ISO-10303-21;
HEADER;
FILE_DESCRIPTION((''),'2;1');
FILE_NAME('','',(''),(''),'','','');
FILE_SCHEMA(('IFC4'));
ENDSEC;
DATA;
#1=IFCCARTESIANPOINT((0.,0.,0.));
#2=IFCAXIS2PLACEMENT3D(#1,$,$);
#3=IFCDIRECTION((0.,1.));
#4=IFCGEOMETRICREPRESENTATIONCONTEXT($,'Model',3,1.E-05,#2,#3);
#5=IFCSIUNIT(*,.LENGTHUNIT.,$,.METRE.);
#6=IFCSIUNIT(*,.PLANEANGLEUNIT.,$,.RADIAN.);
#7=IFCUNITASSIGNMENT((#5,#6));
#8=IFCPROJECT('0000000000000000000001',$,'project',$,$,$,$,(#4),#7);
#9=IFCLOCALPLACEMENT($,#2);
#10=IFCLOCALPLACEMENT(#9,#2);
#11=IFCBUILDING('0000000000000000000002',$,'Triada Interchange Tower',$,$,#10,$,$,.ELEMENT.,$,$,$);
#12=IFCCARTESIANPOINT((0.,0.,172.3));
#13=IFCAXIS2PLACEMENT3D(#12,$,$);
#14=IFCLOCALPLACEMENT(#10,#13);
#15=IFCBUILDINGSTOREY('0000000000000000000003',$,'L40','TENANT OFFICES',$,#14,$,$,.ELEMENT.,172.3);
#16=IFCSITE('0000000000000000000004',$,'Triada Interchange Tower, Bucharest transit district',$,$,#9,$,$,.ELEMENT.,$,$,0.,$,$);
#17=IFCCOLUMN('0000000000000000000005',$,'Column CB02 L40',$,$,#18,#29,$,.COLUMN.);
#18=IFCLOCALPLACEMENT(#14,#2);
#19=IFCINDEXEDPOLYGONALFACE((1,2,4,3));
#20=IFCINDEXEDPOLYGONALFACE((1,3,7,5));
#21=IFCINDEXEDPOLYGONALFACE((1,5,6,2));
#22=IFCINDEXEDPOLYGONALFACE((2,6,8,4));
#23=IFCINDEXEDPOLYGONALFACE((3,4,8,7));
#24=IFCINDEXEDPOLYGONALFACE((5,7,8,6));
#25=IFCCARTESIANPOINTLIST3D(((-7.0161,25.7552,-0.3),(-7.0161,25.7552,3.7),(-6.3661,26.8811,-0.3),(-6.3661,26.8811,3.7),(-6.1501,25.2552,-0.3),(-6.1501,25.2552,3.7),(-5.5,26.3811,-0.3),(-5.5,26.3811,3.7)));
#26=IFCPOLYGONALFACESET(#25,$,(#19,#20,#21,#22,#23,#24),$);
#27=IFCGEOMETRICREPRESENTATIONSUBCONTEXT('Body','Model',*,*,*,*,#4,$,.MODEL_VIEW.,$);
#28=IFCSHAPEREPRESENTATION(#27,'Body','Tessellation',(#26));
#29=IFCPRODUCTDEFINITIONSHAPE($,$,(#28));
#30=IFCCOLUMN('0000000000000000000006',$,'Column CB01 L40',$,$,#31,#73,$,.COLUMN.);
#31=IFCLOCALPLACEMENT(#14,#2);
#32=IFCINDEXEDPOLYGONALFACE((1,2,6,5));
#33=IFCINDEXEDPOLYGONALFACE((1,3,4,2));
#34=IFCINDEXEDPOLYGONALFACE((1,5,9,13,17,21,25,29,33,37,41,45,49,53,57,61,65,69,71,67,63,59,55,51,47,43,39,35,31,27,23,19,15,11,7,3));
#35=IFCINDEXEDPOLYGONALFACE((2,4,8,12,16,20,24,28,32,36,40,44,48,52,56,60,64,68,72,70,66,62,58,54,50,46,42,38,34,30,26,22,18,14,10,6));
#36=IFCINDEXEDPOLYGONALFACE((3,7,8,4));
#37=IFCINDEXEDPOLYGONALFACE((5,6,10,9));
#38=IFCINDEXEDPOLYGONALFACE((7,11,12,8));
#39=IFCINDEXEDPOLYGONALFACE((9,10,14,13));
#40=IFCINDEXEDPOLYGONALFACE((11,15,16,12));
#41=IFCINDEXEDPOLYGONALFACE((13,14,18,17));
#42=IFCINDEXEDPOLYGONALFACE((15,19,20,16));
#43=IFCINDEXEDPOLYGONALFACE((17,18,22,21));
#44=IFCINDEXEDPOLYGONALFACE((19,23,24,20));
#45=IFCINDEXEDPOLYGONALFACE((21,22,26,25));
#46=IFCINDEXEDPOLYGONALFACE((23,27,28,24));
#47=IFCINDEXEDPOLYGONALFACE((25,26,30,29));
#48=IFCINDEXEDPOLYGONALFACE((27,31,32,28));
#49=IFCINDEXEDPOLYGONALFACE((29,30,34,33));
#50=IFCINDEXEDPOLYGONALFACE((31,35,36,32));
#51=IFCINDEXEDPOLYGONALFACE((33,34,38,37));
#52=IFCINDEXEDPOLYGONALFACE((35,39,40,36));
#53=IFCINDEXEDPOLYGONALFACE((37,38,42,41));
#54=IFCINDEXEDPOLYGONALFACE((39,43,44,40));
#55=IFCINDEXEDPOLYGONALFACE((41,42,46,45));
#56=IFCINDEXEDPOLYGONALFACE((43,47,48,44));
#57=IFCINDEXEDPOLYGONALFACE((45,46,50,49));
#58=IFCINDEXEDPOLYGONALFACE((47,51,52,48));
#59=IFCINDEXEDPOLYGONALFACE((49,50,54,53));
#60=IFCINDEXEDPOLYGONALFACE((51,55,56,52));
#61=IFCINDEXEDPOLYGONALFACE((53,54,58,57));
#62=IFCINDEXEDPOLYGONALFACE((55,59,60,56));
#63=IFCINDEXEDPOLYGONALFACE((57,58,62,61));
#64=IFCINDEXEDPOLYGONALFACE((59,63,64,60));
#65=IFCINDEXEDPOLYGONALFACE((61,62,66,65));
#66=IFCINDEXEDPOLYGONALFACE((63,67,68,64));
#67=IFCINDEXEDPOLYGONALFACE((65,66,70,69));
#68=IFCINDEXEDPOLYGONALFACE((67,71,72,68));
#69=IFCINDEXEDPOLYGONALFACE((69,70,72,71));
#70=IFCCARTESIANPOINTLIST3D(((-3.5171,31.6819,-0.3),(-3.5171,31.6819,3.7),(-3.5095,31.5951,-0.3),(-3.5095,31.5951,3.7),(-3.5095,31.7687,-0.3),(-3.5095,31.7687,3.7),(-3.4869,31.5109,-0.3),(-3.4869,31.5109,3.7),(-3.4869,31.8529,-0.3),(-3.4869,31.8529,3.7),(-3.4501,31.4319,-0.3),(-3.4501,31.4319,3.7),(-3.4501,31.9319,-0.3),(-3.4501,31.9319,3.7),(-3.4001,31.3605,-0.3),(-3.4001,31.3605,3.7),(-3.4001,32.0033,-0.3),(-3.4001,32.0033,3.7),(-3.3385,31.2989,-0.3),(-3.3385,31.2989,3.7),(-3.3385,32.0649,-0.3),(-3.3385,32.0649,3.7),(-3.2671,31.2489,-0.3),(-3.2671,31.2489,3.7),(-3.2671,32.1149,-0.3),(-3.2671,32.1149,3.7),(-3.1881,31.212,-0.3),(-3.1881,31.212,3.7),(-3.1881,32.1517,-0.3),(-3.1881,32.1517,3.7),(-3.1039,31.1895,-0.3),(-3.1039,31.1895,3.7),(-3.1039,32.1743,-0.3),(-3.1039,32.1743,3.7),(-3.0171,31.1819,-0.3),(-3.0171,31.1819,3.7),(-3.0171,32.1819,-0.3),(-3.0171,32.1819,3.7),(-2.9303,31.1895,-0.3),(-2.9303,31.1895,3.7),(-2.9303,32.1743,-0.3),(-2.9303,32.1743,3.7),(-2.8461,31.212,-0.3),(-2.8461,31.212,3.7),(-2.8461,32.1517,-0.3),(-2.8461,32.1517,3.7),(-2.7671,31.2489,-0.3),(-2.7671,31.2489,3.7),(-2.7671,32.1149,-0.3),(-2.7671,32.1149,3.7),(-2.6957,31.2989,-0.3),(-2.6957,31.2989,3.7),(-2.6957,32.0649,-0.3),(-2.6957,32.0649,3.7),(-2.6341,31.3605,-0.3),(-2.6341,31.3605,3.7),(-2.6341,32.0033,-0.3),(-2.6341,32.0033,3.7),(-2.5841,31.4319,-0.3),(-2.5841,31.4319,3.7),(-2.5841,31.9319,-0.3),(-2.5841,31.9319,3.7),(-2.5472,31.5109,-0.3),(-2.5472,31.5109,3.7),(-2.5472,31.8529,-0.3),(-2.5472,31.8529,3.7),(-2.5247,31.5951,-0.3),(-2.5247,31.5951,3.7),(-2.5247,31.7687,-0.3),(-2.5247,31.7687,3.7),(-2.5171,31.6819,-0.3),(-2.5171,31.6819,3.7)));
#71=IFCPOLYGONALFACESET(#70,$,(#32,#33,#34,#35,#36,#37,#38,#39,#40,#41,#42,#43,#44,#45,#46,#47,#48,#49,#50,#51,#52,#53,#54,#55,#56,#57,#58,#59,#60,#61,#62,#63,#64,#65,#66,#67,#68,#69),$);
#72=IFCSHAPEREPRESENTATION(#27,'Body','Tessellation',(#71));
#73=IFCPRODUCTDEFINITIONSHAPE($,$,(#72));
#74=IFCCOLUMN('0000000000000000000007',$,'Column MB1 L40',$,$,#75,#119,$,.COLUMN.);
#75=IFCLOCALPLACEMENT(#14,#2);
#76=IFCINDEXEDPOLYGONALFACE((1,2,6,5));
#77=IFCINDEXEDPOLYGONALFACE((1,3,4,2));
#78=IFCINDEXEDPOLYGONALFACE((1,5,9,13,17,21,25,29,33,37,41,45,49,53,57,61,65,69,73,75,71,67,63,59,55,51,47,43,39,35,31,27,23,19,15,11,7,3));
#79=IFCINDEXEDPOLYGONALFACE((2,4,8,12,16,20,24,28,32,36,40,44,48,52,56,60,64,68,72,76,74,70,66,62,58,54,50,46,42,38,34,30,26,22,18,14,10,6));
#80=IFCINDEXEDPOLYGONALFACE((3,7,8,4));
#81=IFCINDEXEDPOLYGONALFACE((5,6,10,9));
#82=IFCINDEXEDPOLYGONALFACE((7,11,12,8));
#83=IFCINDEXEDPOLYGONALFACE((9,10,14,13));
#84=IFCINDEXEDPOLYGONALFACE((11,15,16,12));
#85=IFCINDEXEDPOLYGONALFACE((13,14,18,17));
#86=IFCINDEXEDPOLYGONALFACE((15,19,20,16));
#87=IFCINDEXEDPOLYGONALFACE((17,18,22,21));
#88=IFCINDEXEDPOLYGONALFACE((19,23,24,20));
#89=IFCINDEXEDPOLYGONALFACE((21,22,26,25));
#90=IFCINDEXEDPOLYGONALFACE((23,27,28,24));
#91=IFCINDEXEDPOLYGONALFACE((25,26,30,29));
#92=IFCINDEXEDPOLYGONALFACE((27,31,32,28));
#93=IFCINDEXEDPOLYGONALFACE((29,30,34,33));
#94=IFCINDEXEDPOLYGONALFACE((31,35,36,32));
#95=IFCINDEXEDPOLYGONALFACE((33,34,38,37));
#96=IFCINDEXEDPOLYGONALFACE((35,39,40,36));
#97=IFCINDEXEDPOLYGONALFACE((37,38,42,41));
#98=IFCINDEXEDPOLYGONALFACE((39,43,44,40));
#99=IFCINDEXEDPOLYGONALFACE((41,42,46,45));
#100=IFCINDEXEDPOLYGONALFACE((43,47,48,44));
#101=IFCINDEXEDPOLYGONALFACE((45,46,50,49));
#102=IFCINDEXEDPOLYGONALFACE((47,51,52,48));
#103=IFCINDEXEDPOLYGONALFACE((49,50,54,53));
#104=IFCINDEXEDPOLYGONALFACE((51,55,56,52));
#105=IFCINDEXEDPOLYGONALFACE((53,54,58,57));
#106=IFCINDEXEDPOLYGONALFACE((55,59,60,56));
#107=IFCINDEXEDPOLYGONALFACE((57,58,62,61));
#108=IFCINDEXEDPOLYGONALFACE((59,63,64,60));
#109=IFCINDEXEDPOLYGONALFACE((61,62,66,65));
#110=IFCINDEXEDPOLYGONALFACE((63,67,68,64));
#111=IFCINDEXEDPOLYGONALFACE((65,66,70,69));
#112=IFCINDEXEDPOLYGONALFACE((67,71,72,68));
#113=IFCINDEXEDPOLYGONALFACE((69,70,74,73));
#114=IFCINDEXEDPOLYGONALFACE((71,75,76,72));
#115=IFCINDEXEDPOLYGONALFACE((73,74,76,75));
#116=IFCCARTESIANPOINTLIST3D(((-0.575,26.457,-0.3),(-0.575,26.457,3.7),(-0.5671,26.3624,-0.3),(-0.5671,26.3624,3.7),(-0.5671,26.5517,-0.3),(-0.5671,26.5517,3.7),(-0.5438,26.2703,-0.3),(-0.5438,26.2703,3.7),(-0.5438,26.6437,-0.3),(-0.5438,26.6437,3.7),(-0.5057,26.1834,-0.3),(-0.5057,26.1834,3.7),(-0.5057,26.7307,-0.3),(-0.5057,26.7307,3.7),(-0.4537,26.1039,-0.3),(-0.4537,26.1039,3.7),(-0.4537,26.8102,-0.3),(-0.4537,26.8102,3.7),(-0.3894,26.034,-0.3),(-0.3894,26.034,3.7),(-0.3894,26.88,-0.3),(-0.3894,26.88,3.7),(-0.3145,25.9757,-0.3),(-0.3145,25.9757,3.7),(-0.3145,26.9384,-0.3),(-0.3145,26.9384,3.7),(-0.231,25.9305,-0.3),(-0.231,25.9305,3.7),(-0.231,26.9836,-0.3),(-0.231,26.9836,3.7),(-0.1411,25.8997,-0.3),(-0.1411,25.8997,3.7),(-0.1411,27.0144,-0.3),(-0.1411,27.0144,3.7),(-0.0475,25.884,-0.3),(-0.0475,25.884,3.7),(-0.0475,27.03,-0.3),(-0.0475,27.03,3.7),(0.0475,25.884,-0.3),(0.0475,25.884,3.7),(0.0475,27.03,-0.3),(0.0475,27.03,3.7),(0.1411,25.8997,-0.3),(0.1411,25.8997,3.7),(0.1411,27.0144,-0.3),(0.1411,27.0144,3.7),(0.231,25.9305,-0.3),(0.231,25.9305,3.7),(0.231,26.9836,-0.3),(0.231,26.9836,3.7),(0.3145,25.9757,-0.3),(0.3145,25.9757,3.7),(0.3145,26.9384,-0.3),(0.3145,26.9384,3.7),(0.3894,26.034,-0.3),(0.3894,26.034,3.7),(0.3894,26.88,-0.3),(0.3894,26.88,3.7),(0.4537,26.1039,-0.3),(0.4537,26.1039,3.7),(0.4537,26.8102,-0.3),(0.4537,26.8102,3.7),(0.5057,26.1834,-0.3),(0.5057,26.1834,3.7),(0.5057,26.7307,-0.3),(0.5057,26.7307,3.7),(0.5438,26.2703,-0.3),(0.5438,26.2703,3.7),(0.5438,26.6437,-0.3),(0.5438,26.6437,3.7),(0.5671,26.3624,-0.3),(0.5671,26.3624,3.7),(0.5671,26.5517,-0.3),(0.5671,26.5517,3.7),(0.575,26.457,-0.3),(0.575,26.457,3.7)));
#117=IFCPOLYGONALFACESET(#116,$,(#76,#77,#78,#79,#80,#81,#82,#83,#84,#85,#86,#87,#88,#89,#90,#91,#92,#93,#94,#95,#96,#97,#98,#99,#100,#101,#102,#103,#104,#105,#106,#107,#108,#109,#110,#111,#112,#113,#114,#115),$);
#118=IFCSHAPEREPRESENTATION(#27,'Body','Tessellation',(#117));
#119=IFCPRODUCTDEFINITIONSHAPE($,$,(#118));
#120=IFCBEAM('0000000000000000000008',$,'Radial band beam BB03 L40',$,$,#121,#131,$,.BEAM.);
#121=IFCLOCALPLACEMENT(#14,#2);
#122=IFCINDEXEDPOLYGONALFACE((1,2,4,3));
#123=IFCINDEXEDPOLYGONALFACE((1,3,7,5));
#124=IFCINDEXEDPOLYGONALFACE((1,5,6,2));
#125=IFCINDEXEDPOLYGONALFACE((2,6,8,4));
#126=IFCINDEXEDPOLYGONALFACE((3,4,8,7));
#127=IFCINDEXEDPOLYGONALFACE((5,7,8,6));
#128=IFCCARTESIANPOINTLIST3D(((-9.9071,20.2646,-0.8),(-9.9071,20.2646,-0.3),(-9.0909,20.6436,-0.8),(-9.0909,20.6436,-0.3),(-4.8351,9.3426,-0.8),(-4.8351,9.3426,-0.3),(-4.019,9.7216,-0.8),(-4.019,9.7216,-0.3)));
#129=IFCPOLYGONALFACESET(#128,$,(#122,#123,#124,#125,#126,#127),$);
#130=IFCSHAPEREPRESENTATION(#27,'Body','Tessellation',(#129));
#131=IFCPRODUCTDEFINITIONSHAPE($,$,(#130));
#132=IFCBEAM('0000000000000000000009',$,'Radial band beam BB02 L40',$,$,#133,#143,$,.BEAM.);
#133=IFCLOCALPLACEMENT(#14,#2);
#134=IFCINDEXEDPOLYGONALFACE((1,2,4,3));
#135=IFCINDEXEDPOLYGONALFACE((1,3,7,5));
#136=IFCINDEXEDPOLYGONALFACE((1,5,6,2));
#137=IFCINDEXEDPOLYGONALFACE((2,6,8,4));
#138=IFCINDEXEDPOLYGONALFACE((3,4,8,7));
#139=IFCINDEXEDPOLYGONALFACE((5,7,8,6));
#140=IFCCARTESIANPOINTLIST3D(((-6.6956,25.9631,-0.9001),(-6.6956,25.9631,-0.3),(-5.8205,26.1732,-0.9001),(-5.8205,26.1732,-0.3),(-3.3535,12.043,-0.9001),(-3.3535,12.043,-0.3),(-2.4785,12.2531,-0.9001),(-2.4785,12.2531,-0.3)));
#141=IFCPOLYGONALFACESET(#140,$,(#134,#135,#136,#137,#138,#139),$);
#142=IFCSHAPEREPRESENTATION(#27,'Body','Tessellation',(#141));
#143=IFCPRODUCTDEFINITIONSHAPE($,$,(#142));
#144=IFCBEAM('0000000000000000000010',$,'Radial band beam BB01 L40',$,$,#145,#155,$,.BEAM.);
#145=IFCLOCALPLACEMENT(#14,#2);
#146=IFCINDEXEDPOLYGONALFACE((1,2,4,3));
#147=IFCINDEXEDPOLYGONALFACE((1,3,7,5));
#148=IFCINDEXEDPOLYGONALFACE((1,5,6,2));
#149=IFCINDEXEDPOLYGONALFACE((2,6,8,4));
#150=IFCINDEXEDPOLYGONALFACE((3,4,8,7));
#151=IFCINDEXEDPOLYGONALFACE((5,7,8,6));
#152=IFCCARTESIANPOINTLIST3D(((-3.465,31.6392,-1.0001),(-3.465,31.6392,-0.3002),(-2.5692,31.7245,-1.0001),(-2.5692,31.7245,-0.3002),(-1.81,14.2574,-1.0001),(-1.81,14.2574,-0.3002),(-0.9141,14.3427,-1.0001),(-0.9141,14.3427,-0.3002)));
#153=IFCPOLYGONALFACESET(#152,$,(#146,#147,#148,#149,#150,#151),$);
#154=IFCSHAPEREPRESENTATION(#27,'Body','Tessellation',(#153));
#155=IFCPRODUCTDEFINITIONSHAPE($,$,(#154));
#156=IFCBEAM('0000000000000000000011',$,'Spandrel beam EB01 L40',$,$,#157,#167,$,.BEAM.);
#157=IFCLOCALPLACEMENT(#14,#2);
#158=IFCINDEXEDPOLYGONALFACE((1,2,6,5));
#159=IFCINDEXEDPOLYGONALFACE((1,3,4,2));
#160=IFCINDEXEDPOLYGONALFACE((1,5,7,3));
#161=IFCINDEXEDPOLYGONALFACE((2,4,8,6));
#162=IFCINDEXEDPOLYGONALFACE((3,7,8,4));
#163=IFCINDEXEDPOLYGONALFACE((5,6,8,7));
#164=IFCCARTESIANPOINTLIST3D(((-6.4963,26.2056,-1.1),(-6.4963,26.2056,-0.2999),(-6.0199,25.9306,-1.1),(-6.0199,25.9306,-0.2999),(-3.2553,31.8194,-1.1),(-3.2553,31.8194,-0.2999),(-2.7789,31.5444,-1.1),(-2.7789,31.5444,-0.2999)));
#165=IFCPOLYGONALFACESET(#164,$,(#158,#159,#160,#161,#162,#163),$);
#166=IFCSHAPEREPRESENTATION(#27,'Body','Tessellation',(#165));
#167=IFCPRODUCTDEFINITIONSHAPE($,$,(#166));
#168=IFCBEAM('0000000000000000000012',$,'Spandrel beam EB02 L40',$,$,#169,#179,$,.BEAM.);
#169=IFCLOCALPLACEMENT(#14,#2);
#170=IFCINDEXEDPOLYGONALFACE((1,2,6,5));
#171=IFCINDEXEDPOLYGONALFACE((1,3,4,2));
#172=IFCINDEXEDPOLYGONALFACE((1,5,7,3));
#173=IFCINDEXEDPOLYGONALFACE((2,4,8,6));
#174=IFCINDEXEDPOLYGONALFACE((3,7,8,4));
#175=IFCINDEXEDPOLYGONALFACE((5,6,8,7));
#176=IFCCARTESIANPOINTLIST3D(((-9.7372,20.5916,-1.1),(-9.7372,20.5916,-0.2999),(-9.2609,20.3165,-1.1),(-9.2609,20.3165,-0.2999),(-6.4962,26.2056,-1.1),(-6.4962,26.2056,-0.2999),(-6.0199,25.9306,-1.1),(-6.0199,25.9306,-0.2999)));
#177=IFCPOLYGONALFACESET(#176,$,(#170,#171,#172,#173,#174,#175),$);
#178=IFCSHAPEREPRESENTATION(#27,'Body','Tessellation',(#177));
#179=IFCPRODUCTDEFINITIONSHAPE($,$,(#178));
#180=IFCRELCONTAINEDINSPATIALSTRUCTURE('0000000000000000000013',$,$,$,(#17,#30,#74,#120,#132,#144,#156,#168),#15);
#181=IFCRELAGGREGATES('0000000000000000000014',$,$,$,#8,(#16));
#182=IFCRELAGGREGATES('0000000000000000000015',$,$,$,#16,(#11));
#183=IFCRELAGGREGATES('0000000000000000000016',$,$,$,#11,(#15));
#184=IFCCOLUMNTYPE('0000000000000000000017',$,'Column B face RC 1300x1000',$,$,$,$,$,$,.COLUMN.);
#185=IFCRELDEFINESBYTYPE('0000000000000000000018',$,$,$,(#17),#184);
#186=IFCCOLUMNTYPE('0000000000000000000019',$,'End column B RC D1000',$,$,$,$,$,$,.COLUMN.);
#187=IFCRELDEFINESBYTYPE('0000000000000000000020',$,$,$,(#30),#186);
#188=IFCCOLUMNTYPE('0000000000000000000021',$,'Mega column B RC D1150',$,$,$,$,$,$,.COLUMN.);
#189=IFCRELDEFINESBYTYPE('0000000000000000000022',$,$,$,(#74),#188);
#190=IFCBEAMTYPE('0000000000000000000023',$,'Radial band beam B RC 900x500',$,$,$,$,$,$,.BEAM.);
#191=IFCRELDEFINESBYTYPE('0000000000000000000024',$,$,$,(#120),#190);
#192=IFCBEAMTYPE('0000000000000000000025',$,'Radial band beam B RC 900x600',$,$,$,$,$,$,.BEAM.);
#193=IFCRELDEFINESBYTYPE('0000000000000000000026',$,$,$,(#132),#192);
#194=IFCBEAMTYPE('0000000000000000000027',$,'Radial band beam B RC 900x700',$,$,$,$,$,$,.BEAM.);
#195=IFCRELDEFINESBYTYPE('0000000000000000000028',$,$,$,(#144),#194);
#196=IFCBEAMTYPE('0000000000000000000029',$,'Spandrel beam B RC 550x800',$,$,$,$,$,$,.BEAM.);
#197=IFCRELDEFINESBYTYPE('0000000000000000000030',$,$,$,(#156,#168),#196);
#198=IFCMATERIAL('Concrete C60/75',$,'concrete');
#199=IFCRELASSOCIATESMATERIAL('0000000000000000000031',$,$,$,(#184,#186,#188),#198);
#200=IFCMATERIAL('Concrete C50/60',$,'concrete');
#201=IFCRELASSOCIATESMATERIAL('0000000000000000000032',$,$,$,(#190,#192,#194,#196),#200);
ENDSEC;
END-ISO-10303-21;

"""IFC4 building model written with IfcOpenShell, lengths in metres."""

from ifc_helpers import new_model, si_unit, direction, frame, origin, origin_2d, place, context, subcontext, project, spatial, rectangle, circle, extrude, material, material_profile, profile_set, type_object, element, save


model = new_model("IFC4")

# Units and contexts
model_context = context("Model", 3, precision=1e-05, world=origin(), true_north=direction((0.0, 1.0)))
body_context = subcontext(model_context, "Body", "Model", "MODEL_VIEW")
ifc_project = project(units=[si_unit("LENGTHUNIT", "METRE"), si_unit("PLANEANGLEUNIT", "RADIAN")], contexts=[model_context])

# Site, building, storey
site_placement = place(None, origin())
site = spatial("IfcSite", under=ifc_project, at=site_placement, Name="Triada Interchange Tower, Bucharest transit district", CompositionType="ELEMENT", RefElevation=0.0)
building_placement = place(site_placement, origin())
building = spatial("IfcBuilding", under=site, at=building_placement, Name="Triada Interchange Tower", CompositionType="ELEMENT")
storey_placement = place(building_placement, frame((0.0, 0.0, 172.3)))
storey = spatial("IfcBuildingStorey", under=building, at=storey_placement, Name="L40", Description="TENANT OFFICES", CompositionType="ELEMENT", Elevation=172.3)

# Columns
ifc_material_1 = material(Name="Concrete C60/75", Category="concrete")
ifc_material_profile_1 = material_profile(ifc_material_1, rectangle(XDim=1.3, YDim=1.0, at=origin_2d()), Name="RC 1300x1000")
ifc_profile_set_1 = profile_set([ifc_material_profile_1], Name="Concrete C60/75")
column_type_1 = type_object("IfcColumnType", Name="Column B face RC 1300x1000", PredefinedType="COLUMN", material=ifc_profile_set_1)
column_1_placement = place(storey_placement, frame((-6.2581, 26.0681, -0.3), z_axis=(0.0, 0.0, 1.0), x_axis=(0.5, 0.866025, 0.0)))
element("IfcColumn", 1, at=column_1_placement, inside=storey, type_object=column_type_1, Name="Column CB02 L40", PredefinedType="COLUMN", context=body_context, shape_type="SweptSolid", body=[
    extrude(rectangle(XDim=1.3, YDim=1.0, at=origin_2d()), origin(), (0.0, 0.0, 1.0), 4.0),
])
ifc_material_profile_2 = material_profile(ifc_material_1, circle(Radius=0.5, at=origin_2d()), Name="RC D1000")
ifc_profile_set_2 = profile_set([ifc_material_profile_2], Name="Concrete C60/75")
column_type_2 = type_object("IfcColumnType", Name="End column B RC D1000", PredefinedType="COLUMN", material=ifc_profile_set_2)
column_2_placement = place(storey_placement, frame((-3.0171, 31.6819, -0.3), z_axis=(0.0, 0.0, 1.0), x_axis=(0.5, 0.866025, 0.0)))
element("IfcColumn", 2, at=column_2_placement, inside=storey, type_object=column_type_2, Name="Column CB01 L40", PredefinedType="COLUMN", context=body_context, shape_type="SweptSolid", body=[
    extrude(circle(Radius=0.5, at=origin_2d()), origin(), (0.0, 0.0, 1.0), 4.0),
])
ifc_material_profile_3 = material_profile(ifc_material_1, circle(Radius=0.575, at=origin_2d()), Name="RC D1150")
ifc_profile_set_3 = profile_set([ifc_material_profile_3], Name="Concrete C60/75")
column_type_3 = type_object("IfcColumnType", Name="Mega column B RC D1150", PredefinedType="COLUMN", material=ifc_profile_set_3)
column_3_placement = place(storey_placement, frame((0.0, 26.457, -0.3), z_axis=(0.0, 0.0, 1.0), x_axis=(1.0, 0.0, 0.0)))
element("IfcColumn", 3, at=column_3_placement, inside=storey, type_object=column_type_3, Name="Column MB1 L40", PredefinedType="COLUMN", context=body_context, shape_type="SweptSolid", body=[
    extrude(circle(Radius=0.575, at=origin_2d()), origin(), (0.0, 0.0, 1.0), 4.0),
])

# Beams
ifc_material_2 = material(Name="Concrete C50/60", Category="concrete")
ifc_material_profile_4 = material_profile(ifc_material_2, rectangle(XDim=0.8999, YDim=0.5, at=origin_2d()), Name="RC 900x500")
ifc_profile_set_4 = profile_set([ifc_material_profile_4], Name="Concrete C50/60")
beam_type_1 = type_object("IfcBeamType", Name="Radial band beam B RC 900x500", PredefinedType="BEAM", material=ifc_profile_set_4)
beam_1_placement = place(storey_placement, frame((-9.499, 20.4541, -0.55), z_axis=(0.421182, -0.906976, 0.0), x_axis=(0.906976, 0.421182, 0.0)))
element("IfcBeam", 4, at=beam_1_placement, inside=storey, type_object=beam_type_1, Name="Radial band beam BB03 L40", PredefinedType="BEAM", context=body_context, shape_type="SweptSolid", body=[
    extrude(rectangle(XDim=0.8999, YDim=0.5, at=origin_2d()), origin(), (0.0, 0.0, 1.0), 12.0422),
])
ifc_material_profile_5 = material_profile(ifc_material_2, rectangle(XDim=0.8999, YDim=0.6001, at=origin_2d()), Name="RC 900x600")
ifc_profile_set_5 = profile_set([ifc_material_profile_5], Name="Concrete C50/60")
beam_type_2 = type_object("IfcBeamType", Name="Radial band beam B RC 900x600", PredefinedType="BEAM", material=ifc_profile_set_5)
beam_2_placement = place(storey_placement, frame((-6.2581, 26.0681, -0.6001), z_axis=(0.233452, -0.972368, 0.0), x_axis=(0.972368, 0.233452, 0.0)))
element("IfcBeam", 5, at=beam_2_placement, inside=storey, type_object=beam_type_2, Name="Radial band beam BB02 L40", PredefinedType="BEAM", context=body_context, shape_type="SweptSolid", body=[
    extrude(rectangle(XDim=0.8999, YDim=0.6001, at=origin_2d()), origin(), (0.0, 0.0, 1.0), 14.3157),
])
ifc_material_profile_6 = material_profile(ifc_material_2, rectangle(XDim=0.8999, YDim=0.7, at=origin_2d()), Name="RC 900x700")
ifc_profile_set_6 = profile_set([ifc_material_profile_6], Name="Concrete C50/60")
beam_type_3 = type_object("IfcBeamType", Name="Radial band beam B RC 900x700", PredefinedType="BEAM", material=ifc_profile_set_6)
beam_3_placement = place(storey_placement, frame((-3.0171, 31.6819, -0.6501), z_axis=(0.094787, -0.995498, 0.0), x_axis=(0.995498, 0.094787, 0.0)))
element("IfcBeam", 6, at=beam_3_placement, inside=storey, type_object=beam_type_3, Name="Radial band beam BB01 L40", PredefinedType="BEAM", context=body_context, shape_type="SweptSolid", body=[
    extrude(rectangle(XDim=0.8999, YDim=0.7, at=origin_2d()), origin(), (0.0, 0.0, 1.0), 17.4604),
])
ifc_material_profile_7 = material_profile(ifc_material_2, rectangle(XDim=0.55, YDim=0.8, at=origin_2d()), Name="RC 550x800")
ifc_profile_set_7 = profile_set([ifc_material_profile_7], Name="Concrete C50/60")
beam_type_4 = type_object("IfcBeamType", Name="Spandrel beam B RC 550x800", PredefinedType="BEAM", material=ifc_profile_set_7)
beam_4_placement = place(storey_placement, frame((-3.0171, 31.6819, -0.7), z_axis=(-0.499983, -0.866035, 0.0), x_axis=(0.866035, -0.499983, 0.0)))
element("IfcBeam", 7, at=beam_4_placement, inside=storey, type_object=beam_type_4, Name="Spandrel beam EB01 L40", PredefinedType="BEAM", context=body_context, shape_type="SweptSolid", body=[
    extrude(rectangle(XDim=0.55, YDim=0.8, at=origin_2d()), origin(), (0.0, 0.0, 1.0), 6.4822),
])
beam_5_placement = place(storey_placement, frame((-6.2581, 26.0681, -0.7), z_axis=(-0.499967, -0.866044, 0.0), x_axis=(0.866044, -0.499967, 0.0)))
element("IfcBeam", 8, at=beam_5_placement, inside=storey, type_object=beam_type_4, Name="Spandrel beam EB02 L40", PredefinedType="BEAM", context=body_context, shape_type="SweptSolid", body=[
    extrude(rectangle(XDim=0.55, YDim=0.8, at=origin_2d()), origin(), (0.0, 0.0, 1.0), 6.4824),
])

save(model, "model.ifc")
